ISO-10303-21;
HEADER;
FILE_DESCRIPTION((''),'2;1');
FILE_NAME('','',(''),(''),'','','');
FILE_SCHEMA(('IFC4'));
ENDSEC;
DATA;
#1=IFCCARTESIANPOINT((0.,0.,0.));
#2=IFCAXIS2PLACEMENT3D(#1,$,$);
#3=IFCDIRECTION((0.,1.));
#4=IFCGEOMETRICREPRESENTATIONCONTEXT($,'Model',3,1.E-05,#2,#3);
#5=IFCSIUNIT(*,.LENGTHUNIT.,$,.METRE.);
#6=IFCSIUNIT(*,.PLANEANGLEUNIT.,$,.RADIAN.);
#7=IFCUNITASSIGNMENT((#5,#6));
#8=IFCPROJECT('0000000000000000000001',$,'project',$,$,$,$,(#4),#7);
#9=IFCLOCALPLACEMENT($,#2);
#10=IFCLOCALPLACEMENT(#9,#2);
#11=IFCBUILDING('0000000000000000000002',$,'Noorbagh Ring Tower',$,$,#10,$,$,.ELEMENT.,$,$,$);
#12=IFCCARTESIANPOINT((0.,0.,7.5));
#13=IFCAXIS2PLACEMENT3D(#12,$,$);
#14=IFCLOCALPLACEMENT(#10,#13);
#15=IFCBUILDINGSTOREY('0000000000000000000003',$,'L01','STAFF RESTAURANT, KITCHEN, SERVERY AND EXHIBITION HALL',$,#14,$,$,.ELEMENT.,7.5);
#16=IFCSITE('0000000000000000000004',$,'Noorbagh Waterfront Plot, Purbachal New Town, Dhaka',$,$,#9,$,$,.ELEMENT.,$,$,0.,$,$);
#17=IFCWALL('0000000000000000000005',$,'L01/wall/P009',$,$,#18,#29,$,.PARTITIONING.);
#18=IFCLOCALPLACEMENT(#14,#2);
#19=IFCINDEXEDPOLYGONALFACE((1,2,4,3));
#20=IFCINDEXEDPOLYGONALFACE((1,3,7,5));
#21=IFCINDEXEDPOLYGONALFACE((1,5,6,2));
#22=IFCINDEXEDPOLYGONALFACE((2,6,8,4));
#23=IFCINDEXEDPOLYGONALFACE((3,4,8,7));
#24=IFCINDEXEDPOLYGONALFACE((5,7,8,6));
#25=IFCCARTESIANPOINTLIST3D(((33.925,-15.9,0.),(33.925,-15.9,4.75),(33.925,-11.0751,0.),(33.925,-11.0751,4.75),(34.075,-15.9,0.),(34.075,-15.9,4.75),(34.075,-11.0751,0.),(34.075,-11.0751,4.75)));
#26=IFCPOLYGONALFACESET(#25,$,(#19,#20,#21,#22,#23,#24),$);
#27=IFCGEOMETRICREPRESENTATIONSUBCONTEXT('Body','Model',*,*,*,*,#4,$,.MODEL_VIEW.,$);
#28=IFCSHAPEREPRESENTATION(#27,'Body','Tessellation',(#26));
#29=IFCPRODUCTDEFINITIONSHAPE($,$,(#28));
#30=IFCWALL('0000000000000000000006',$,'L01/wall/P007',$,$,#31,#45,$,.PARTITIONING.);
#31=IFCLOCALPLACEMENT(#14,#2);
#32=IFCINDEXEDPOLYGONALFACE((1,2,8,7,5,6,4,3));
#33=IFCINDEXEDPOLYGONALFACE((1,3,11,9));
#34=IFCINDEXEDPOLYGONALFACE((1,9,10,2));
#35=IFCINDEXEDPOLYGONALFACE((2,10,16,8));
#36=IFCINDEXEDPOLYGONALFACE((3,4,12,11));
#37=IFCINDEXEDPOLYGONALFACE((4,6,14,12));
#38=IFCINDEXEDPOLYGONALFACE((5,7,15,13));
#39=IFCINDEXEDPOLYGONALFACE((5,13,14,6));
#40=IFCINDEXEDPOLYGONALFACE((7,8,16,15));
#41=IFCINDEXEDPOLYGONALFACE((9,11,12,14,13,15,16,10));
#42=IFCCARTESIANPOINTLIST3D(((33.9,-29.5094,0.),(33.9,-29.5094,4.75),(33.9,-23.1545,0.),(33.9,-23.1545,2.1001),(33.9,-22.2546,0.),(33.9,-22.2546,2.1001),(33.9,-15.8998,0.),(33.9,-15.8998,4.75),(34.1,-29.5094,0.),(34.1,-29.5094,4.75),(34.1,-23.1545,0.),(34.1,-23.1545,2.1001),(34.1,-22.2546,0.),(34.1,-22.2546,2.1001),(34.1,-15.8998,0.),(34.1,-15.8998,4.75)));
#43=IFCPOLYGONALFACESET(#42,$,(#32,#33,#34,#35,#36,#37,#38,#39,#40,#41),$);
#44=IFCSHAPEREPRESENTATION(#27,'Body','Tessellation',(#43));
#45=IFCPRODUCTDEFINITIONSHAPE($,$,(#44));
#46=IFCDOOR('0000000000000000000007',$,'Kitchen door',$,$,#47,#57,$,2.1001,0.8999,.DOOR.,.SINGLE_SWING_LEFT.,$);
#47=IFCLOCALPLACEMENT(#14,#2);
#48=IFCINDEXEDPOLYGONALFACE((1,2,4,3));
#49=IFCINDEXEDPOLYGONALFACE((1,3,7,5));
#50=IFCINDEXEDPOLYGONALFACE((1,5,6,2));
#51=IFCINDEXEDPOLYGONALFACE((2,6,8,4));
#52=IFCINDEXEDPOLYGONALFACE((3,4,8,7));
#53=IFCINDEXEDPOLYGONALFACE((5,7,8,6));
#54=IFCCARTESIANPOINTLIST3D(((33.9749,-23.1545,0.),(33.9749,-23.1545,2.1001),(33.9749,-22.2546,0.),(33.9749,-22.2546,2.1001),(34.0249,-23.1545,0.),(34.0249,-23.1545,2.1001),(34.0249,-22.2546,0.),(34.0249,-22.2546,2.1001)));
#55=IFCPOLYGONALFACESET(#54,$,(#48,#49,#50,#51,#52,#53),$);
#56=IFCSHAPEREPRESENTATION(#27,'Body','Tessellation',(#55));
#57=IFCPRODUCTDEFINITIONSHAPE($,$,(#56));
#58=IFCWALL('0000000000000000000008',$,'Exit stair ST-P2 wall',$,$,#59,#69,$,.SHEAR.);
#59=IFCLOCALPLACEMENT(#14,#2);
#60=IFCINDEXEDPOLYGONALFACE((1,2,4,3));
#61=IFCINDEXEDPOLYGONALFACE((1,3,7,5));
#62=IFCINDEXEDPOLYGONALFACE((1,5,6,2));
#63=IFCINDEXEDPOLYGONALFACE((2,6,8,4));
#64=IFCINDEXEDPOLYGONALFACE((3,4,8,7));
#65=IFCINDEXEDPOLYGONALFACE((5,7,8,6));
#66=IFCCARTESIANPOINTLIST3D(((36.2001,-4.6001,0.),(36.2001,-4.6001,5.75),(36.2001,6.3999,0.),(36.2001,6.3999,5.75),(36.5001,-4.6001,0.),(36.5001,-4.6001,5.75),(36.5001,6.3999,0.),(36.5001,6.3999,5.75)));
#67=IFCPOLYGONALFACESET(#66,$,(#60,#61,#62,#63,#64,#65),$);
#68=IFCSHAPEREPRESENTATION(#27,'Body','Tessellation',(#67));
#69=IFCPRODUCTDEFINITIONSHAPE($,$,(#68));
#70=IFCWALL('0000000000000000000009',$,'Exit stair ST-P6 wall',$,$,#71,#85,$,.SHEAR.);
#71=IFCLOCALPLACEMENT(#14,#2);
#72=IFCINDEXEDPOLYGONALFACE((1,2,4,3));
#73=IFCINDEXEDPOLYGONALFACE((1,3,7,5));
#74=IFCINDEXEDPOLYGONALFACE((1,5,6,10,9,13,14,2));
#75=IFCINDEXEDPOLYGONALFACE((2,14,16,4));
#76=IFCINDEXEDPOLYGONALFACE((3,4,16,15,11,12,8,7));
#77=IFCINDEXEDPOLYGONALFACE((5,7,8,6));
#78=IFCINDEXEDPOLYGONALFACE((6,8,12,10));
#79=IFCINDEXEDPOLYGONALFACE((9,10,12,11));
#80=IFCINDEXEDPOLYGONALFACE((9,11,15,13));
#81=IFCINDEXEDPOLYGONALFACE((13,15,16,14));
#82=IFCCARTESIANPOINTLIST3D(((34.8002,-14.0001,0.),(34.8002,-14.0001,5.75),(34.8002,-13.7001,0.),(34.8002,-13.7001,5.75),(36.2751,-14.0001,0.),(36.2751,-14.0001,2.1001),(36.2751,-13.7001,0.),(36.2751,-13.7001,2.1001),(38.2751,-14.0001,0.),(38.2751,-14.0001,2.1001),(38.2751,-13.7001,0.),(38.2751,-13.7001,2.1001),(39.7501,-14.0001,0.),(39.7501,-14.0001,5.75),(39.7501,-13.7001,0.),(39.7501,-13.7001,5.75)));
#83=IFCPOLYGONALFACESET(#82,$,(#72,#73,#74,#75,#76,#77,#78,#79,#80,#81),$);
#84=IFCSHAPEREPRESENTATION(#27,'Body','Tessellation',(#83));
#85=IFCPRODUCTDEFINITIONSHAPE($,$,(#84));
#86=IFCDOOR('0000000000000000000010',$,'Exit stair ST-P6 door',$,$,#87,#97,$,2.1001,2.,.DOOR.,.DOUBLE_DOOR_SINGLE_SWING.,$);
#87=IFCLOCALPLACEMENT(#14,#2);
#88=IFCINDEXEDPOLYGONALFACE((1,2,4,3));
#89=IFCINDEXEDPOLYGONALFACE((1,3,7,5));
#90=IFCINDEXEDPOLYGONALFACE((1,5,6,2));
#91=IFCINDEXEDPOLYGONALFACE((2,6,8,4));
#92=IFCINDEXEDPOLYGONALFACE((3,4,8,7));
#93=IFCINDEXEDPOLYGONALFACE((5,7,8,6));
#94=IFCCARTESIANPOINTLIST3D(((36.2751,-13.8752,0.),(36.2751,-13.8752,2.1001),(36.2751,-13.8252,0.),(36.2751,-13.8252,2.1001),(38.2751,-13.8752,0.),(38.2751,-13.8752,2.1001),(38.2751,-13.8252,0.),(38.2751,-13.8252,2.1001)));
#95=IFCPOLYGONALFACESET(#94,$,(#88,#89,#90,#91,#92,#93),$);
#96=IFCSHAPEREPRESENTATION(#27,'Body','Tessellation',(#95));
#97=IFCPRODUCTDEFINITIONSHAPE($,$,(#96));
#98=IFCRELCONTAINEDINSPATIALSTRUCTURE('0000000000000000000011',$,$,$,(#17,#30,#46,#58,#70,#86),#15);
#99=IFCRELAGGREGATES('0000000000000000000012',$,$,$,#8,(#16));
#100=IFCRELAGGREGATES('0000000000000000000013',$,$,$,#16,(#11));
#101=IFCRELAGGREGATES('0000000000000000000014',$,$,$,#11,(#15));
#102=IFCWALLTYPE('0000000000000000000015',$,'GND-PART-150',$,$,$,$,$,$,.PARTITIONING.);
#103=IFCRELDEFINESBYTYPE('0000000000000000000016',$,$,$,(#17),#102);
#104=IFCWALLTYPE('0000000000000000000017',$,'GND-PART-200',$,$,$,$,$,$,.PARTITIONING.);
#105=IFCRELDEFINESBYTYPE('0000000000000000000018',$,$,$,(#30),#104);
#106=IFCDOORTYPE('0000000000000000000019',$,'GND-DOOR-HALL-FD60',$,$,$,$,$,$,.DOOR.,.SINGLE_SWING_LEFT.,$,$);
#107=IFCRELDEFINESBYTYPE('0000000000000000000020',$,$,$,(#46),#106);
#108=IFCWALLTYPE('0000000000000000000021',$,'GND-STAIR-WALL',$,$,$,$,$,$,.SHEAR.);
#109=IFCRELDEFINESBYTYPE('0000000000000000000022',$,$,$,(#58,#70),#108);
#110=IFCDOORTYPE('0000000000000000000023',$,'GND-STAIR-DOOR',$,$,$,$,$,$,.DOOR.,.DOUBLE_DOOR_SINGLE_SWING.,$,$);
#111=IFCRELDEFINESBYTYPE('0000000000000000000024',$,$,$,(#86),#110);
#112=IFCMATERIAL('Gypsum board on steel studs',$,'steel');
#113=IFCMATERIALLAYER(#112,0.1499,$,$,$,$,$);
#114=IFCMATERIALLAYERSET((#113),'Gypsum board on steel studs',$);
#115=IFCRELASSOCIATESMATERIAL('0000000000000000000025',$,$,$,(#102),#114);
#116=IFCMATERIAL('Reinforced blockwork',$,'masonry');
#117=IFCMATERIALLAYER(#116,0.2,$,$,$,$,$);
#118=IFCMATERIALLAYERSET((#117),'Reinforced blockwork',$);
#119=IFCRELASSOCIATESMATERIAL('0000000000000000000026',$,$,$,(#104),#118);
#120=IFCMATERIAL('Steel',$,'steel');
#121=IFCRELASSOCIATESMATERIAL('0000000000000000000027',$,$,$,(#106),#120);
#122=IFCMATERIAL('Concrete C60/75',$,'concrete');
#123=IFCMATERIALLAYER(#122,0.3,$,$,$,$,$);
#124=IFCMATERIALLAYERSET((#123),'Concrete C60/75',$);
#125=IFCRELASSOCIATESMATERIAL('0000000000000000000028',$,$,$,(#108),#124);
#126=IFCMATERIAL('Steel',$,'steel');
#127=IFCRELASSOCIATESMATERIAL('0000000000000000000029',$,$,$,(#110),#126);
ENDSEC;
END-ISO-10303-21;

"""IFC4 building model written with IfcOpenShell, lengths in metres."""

from ifc_helpers import new_model, si_unit, direction, frame, frame_2d, origin, place, context, subcontext, project, spatial, rectangle, extrude, material, layer, layer_set, type_object, element, fill, save


model = new_model("IFC4")

# Units and contexts
model_context = context("Model", 3, precision=1e-05, world=origin(), true_north=direction((0.0, 1.0)))
body_context = subcontext(model_context, "Body", "Model", "MODEL_VIEW")
ifc_project = project(units=[si_unit("LENGTHUNIT", "METRE"), si_unit("PLANEANGLEUNIT", "RADIAN")], contexts=[model_context])

# Site, building, storey
site_placement = place(None, origin())
site = spatial("IfcSite", under=ifc_project, at=site_placement, Name="Noorbagh Waterfront Plot, Purbachal New Town, Dhaka", CompositionType="ELEMENT", RefElevation=0.0)
building_placement = place(site_placement, origin())
building = spatial("IfcBuilding", under=site, at=building_placement, Name="Noorbagh Ring Tower", CompositionType="ELEMENT")
storey_placement = place(building_placement, frame((0.0, 0.0, 7.5)))
storey = spatial("IfcBuildingStorey", under=building, at=storey_placement, Name="L01", Description="STAFF RESTAURANT, KITCHEN, SERVERY AND EXHIBITION HALL", CompositionType="ELEMENT", Elevation=7.5)

# Wall
ifc_material_1 = material(Name="Gypsum board on steel studs", Category="steel")
ifc_layer_1 = layer(ifc_material_1, 0.1499)
ifc_layer_set_1 = layer_set([ifc_layer_1], Name="Gypsum board on steel studs")
wall_type_1 = type_object("IfcWallType", Name="GND-PART-150", PredefinedType="PARTITIONING", material=ifc_layer_set_1)
wall_1_placement = place(storey_placement, frame((34.0, -11.075, 0.0), z_axis=(0.0, 0.0, 1.0), x_axis=(0.0, -1.0, 0.0)))
element("IfcWall", 1, at=wall_1_placement, inside=storey, type_object=wall_type_1, Name="L01/wall/P009", PredefinedType="PARTITIONING", context=body_context, shape_type="SweptSolid", body=[
    extrude(rectangle(XDim=4.825, YDim=0.1499, at=frame_2d((2.4126, 0.0))), origin(), (0.0, 0.0, 1.0), 4.75),
])

# Wall, opening, door
ifc_material_2 = material(Name="Reinforced blockwork", Category="masonry")
ifc_layer_2 = layer(ifc_material_2, 0.2)
ifc_layer_set_2 = layer_set([ifc_layer_2], Name="Reinforced blockwork")
wall_type_2 = type_object("IfcWallType", Name="GND-PART-200", PredefinedType="PARTITIONING", material=ifc_layer_set_2)
wall_2_placement = place(storey_placement, frame((34.0, -15.8999, 0.0), z_axis=(0.0, 0.0, 1.0), x_axis=(0.0, -1.0, 0.0)))
wall_2 = element("IfcWall", 2, at=wall_2_placement, inside=storey, type_object=wall_type_2, Name="L01/wall/P007", PredefinedType="PARTITIONING", context=body_context, shape_type="SweptSolid", body=[
    extrude(rectangle(XDim=13.6096, YDim=0.2, at=frame_2d((6.8047, 0.0))), origin(), (0.0, 0.0, 1.0), 4.75),
])
opening_1_placement = place(wall_2_placement, frame((6.3547, 0.0, 0.0)))
opening_1 = element("IfcOpeningElement", 3, at=opening_1_placement, cuts=wall_2, PredefinedType="OPENING", context=body_context, shape_type="SweptSolid", body=[
    extrude(rectangle(XDim=0.8999, YDim=2.1001, at=frame_2d((0.45, 1.05))), frame((0.0, 0.1099, 0.0), z_axis=(0.0, -1.0, 0.0), x_axis=(1.0, 0.0, 0.0)), (0.0, 0.0, 1.0), 0.22),
])
ifc_material_3 = material(Name="Steel", Category="steel")
door_type_1 = type_object("IfcDoorType", Name="GND-DOOR-HALL-FD60", OperationType="SINGLE_SWING_LEFT", PredefinedType="DOOR", material=ifc_material_3)
door_1_placement = place(opening_1_placement, origin())
door_1 = element("IfcDoor", 4, at=door_1_placement, inside=storey, type_object=door_type_1, Name="Kitchen door", OperationType="SINGLE_SWING_LEFT", OverallHeight=2.1001, OverallWidth=0.8999, PredefinedType="DOOR", context=body_context, shape_type="SweptSolid", body=[
    extrude(rectangle(XDim=0.8999, YDim=2.1001, at=frame_2d((0.45, 1.05))), frame((0.0, 0.0249, 0.0), z_axis=(0.0, -1.0, 0.0), x_axis=(1.0, 0.0, 0.0)), (0.0, 0.0, 1.0), 0.05),
])
fill(opening_1, door_1)

# Wall
ifc_material_4 = material(Name="Concrete C60/75", Category="concrete")
ifc_layer_3 = layer(ifc_material_4, 0.3)
ifc_layer_set_3 = layer_set([ifc_layer_3], Name="Concrete C60/75")
wall_type_3 = type_object("IfcWallType", Name="GND-STAIR-WALL", PredefinedType="SHEAR", material=ifc_layer_set_3)
wall_3_placement = place(storey_placement, frame((36.3501, -4.6001, 0.0), z_axis=(0.0, 0.0, 1.0), x_axis=(0.0, 1.0, 0.0)))
element("IfcWall", 5, at=wall_3_placement, inside=storey, type_object=wall_type_3, Name="Exit stair ST-P2 wall", PredefinedType="SHEAR", context=body_context, shape_type="SweptSolid", body=[
    extrude(rectangle(XDim=11.0, YDim=0.3, at=frame_2d((5.5, 0.0))), origin(), (0.0, 0.0, 1.0), 5.75),
])

# Wall, opening, door
wall_4_placement = place(storey_placement, frame((34.8, -13.8501, 0.0), z_axis=(0.0, 0.0, 1.0), x_axis=(1.0, 0.0, 0.0)))
wall_4 = element("IfcWall", 6, at=wall_4_placement, inside=storey, type_object=wall_type_3, Name="Exit stair ST-P6 wall", PredefinedType="SHEAR", context=body_context, shape_type="SweptSolid", body=[
    extrude(rectangle(XDim=4.95, YDim=0.3, at=frame_2d((2.4751, 0.0))), origin(), (0.0, 0.0, 1.0), 5.75),
])
opening_2_placement = place(wall_4_placement, frame((1.4751, 0.0, 0.0)))
opening_2 = element("IfcOpeningElement", 7, at=opening_2_placement, cuts=wall_4, PredefinedType="OPENING", context=body_context, shape_type="SweptSolid", body=[
    extrude(rectangle(XDim=2.0, YDim=2.1001, at=frame_2d((1.0, 1.05))), frame((0.0, 0.1602, 0.0), z_axis=(0.0, -1.0, 0.0), x_axis=(1.0, 0.0, 0.0)), (0.0, 0.0, 1.0), 0.3201),
])
ifc_material_5 = material(Name="Steel", Category="steel")
door_type_2 = type_object("IfcDoorType", Name="GND-STAIR-DOOR", OperationType="DOUBLE_DOOR_SINGLE_SWING", PredefinedType="DOOR", material=ifc_material_5)
door_2_placement = place(opening_2_placement, origin())
door_2 = element("IfcDoor", 8, at=door_2_placement, inside=storey, type_object=door_type_2, Name="Exit stair ST-P6 door", OperationType="DOUBLE_DOOR_SINGLE_SWING", OverallHeight=2.1001, OverallWidth=2.0, PredefinedType="DOOR", context=body_context, shape_type="SweptSolid", body=[
    extrude(rectangle(XDim=2.0, YDim=2.1001, at=frame_2d((1.0, 1.05))), frame((0.0, 0.0249, 0.0), z_axis=(0.0, -1.0, 0.0), x_axis=(1.0, 0.0, 0.0)), (0.0, 0.0, 1.0), 0.05),
])
fill(opening_2, door_2)

save(model, "model.ifc")
